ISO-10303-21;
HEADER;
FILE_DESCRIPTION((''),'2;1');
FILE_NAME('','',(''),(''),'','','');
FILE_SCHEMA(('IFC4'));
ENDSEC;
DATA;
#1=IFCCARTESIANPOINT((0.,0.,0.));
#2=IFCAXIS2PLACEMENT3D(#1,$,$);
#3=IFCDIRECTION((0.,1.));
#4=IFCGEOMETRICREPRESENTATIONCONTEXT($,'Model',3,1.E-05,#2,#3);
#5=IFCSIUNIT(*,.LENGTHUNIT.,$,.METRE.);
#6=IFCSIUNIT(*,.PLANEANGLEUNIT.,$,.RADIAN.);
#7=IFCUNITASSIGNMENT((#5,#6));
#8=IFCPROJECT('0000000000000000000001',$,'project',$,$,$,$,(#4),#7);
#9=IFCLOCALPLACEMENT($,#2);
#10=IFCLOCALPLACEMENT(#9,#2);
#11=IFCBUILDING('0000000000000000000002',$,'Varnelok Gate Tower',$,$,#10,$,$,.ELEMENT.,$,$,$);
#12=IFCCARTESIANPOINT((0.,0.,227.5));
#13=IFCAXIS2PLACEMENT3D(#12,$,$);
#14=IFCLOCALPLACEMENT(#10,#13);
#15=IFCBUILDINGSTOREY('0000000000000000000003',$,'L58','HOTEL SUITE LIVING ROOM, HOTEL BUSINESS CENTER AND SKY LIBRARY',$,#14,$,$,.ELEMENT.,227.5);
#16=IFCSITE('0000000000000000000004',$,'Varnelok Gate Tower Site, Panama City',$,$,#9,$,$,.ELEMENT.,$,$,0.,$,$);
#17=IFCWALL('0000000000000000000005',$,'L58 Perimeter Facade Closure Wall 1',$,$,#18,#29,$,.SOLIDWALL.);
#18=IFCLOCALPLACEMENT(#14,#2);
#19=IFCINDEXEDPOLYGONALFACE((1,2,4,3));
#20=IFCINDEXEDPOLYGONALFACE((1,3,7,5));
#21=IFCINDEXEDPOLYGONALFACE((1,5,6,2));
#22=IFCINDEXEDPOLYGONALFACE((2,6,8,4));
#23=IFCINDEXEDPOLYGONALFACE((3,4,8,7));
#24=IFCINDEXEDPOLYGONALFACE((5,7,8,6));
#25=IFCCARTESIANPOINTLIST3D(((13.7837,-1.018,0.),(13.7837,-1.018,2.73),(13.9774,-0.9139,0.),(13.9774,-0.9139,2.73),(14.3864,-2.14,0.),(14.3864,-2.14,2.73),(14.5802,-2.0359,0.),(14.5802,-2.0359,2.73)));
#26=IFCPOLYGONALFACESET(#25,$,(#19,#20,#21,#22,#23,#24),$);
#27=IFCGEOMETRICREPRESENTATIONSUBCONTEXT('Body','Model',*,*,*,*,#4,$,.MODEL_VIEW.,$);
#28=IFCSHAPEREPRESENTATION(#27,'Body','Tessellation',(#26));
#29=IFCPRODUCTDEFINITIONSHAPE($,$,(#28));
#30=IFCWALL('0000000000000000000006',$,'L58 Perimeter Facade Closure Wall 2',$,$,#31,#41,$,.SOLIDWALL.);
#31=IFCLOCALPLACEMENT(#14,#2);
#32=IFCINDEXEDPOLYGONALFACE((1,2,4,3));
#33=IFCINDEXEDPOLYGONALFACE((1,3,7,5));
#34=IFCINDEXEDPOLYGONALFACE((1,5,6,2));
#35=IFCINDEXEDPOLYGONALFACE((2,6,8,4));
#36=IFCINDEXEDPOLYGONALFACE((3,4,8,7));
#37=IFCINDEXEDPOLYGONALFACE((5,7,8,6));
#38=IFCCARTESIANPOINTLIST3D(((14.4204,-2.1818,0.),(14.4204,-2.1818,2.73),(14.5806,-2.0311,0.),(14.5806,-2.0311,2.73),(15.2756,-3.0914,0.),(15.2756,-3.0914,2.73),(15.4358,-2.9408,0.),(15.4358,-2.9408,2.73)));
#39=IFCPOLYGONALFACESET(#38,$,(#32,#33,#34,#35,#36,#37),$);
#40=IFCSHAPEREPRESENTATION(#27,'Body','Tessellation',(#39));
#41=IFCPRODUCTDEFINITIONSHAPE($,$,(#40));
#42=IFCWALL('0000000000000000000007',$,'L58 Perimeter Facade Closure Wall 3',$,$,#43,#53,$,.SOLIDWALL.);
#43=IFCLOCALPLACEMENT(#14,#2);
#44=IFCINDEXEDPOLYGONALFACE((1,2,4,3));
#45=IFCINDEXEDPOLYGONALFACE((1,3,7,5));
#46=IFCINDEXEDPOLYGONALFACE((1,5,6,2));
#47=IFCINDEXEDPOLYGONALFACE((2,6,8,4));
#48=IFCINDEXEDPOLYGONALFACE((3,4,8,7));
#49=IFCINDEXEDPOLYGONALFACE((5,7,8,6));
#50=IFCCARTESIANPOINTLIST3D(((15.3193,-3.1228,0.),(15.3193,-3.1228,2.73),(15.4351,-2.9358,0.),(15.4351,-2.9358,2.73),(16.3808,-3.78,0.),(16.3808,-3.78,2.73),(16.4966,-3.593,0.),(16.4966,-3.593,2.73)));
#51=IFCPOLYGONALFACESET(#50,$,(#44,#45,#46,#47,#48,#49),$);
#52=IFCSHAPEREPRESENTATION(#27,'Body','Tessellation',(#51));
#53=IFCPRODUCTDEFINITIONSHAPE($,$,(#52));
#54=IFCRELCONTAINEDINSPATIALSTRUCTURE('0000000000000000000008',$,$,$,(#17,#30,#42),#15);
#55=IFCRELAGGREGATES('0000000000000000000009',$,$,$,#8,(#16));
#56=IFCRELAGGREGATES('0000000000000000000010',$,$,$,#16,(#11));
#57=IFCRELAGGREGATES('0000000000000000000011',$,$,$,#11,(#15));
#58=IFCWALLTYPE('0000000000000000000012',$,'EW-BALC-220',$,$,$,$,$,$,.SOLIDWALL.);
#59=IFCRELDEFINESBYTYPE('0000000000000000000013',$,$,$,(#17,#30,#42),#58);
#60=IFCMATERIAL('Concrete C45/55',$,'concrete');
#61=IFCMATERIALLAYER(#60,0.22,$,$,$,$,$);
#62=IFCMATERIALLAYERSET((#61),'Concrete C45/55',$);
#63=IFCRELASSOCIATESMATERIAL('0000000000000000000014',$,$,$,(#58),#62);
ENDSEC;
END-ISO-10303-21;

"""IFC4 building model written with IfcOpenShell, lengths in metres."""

from ifc_helpers import new_model, si_unit, direction, frame, frame_2d, origin, place, context, subcontext, project, spatial, rectangle, extrude, material, layer, layer_set, type_object, element, save


model = new_model("IFC4")

# Units and contexts
model_context = context("Model", 3, precision=1e-05, world=origin(), true_north=direction((0.0, 1.0)))
body_context = subcontext(model_context, "Body", "Model", "MODEL_VIEW")
ifc_project = project(units=[si_unit("LENGTHUNIT", "METRE"), si_unit("PLANEANGLEUNIT", "RADIAN")], contexts=[model_context])

# Site, building, storey
site_placement = place(None, origin())
site = spatial("IfcSite", under=ifc_project, at=site_placement, Name="Varnelok Gate Tower Site, Panama City", CompositionType="ELEMENT", RefElevation=0.0)
building_placement = place(site_placement, origin())
building = spatial("IfcBuilding", under=site, at=building_placement, Name="Varnelok Gate Tower", CompositionType="ELEMENT")
storey_placement = place(building_placement, frame((0.0, 0.0, 227.5)))
storey = spatial("IfcBuildingStorey", under=building, at=storey_placement, Name="L58", Description="HOTEL SUITE LIVING ROOM, HOTEL BUSINESS CENTER AND SKY LIBRARY", CompositionType="ELEMENT", Elevation=227.5)

# Shared definitions
ifc_material_1 = material(Name="Concrete C45/55", Category="concrete")

# Walls
ifc_layer_1 = layer(ifc_material_1, 0.22)
ifc_layer_set_1 = layer_set([ifc_layer_1], Name="Concrete C45/55")
wall_type = type_object("IfcWallType", Name="EW-BALC-220", PredefinedType="SOLIDWALL", material=ifc_layer_set_1)
wall_placement = place(storey_placement, frame((13.8806, -0.9661, 0.0), z_axis=(0.0, 0.0, 1.0), x_axis=(0.473242, -0.880932, 0.0)))
element("IfcWall", 1, at=wall_placement, inside=storey, type_object=wall_type, Name="L58 Perimeter Facade Closure Wall 1", PredefinedType="SOLIDWALL", context=body_context, shape_type="SweptSolid", body=[
    extrude(rectangle(XDim=1.2737, YDim=0.22, at=frame_2d((0.6367, 0.0))), origin(), (0.0, 0.0, 1.0), 2.73),
])
for number, where, z_axis, x_axis, name in (
    (2, (14.5005, -2.1064, 0.0), (0.0, 0.0, 1.0), (0.684968, -0.728573, 0.0), "L58 Perimeter Facade Closure Wall 2"),
    (3, (15.3772, -3.0293, 0.0), (0.0, 0.0, 1.0), (0.850232, -0.526408, 0.0), "L58 Perimeter Facade Closure Wall 3"),
):
    element("IfcWall", number, at=place(storey_placement, frame(where, z_axis=z_axis, x_axis=x_axis)), inside=storey, type_object=wall_type, Name=name, PredefinedType="SOLIDWALL", context=body_context, shape_type="SweptSolid", body=[
        extrude(rectangle(XDim=1.2485, YDim=0.22, at=frame_2d((0.6243, 0.0))), origin(), (0.0, 0.0, 1.0), 2.73),
    ])

save(model, "model.ifc")
